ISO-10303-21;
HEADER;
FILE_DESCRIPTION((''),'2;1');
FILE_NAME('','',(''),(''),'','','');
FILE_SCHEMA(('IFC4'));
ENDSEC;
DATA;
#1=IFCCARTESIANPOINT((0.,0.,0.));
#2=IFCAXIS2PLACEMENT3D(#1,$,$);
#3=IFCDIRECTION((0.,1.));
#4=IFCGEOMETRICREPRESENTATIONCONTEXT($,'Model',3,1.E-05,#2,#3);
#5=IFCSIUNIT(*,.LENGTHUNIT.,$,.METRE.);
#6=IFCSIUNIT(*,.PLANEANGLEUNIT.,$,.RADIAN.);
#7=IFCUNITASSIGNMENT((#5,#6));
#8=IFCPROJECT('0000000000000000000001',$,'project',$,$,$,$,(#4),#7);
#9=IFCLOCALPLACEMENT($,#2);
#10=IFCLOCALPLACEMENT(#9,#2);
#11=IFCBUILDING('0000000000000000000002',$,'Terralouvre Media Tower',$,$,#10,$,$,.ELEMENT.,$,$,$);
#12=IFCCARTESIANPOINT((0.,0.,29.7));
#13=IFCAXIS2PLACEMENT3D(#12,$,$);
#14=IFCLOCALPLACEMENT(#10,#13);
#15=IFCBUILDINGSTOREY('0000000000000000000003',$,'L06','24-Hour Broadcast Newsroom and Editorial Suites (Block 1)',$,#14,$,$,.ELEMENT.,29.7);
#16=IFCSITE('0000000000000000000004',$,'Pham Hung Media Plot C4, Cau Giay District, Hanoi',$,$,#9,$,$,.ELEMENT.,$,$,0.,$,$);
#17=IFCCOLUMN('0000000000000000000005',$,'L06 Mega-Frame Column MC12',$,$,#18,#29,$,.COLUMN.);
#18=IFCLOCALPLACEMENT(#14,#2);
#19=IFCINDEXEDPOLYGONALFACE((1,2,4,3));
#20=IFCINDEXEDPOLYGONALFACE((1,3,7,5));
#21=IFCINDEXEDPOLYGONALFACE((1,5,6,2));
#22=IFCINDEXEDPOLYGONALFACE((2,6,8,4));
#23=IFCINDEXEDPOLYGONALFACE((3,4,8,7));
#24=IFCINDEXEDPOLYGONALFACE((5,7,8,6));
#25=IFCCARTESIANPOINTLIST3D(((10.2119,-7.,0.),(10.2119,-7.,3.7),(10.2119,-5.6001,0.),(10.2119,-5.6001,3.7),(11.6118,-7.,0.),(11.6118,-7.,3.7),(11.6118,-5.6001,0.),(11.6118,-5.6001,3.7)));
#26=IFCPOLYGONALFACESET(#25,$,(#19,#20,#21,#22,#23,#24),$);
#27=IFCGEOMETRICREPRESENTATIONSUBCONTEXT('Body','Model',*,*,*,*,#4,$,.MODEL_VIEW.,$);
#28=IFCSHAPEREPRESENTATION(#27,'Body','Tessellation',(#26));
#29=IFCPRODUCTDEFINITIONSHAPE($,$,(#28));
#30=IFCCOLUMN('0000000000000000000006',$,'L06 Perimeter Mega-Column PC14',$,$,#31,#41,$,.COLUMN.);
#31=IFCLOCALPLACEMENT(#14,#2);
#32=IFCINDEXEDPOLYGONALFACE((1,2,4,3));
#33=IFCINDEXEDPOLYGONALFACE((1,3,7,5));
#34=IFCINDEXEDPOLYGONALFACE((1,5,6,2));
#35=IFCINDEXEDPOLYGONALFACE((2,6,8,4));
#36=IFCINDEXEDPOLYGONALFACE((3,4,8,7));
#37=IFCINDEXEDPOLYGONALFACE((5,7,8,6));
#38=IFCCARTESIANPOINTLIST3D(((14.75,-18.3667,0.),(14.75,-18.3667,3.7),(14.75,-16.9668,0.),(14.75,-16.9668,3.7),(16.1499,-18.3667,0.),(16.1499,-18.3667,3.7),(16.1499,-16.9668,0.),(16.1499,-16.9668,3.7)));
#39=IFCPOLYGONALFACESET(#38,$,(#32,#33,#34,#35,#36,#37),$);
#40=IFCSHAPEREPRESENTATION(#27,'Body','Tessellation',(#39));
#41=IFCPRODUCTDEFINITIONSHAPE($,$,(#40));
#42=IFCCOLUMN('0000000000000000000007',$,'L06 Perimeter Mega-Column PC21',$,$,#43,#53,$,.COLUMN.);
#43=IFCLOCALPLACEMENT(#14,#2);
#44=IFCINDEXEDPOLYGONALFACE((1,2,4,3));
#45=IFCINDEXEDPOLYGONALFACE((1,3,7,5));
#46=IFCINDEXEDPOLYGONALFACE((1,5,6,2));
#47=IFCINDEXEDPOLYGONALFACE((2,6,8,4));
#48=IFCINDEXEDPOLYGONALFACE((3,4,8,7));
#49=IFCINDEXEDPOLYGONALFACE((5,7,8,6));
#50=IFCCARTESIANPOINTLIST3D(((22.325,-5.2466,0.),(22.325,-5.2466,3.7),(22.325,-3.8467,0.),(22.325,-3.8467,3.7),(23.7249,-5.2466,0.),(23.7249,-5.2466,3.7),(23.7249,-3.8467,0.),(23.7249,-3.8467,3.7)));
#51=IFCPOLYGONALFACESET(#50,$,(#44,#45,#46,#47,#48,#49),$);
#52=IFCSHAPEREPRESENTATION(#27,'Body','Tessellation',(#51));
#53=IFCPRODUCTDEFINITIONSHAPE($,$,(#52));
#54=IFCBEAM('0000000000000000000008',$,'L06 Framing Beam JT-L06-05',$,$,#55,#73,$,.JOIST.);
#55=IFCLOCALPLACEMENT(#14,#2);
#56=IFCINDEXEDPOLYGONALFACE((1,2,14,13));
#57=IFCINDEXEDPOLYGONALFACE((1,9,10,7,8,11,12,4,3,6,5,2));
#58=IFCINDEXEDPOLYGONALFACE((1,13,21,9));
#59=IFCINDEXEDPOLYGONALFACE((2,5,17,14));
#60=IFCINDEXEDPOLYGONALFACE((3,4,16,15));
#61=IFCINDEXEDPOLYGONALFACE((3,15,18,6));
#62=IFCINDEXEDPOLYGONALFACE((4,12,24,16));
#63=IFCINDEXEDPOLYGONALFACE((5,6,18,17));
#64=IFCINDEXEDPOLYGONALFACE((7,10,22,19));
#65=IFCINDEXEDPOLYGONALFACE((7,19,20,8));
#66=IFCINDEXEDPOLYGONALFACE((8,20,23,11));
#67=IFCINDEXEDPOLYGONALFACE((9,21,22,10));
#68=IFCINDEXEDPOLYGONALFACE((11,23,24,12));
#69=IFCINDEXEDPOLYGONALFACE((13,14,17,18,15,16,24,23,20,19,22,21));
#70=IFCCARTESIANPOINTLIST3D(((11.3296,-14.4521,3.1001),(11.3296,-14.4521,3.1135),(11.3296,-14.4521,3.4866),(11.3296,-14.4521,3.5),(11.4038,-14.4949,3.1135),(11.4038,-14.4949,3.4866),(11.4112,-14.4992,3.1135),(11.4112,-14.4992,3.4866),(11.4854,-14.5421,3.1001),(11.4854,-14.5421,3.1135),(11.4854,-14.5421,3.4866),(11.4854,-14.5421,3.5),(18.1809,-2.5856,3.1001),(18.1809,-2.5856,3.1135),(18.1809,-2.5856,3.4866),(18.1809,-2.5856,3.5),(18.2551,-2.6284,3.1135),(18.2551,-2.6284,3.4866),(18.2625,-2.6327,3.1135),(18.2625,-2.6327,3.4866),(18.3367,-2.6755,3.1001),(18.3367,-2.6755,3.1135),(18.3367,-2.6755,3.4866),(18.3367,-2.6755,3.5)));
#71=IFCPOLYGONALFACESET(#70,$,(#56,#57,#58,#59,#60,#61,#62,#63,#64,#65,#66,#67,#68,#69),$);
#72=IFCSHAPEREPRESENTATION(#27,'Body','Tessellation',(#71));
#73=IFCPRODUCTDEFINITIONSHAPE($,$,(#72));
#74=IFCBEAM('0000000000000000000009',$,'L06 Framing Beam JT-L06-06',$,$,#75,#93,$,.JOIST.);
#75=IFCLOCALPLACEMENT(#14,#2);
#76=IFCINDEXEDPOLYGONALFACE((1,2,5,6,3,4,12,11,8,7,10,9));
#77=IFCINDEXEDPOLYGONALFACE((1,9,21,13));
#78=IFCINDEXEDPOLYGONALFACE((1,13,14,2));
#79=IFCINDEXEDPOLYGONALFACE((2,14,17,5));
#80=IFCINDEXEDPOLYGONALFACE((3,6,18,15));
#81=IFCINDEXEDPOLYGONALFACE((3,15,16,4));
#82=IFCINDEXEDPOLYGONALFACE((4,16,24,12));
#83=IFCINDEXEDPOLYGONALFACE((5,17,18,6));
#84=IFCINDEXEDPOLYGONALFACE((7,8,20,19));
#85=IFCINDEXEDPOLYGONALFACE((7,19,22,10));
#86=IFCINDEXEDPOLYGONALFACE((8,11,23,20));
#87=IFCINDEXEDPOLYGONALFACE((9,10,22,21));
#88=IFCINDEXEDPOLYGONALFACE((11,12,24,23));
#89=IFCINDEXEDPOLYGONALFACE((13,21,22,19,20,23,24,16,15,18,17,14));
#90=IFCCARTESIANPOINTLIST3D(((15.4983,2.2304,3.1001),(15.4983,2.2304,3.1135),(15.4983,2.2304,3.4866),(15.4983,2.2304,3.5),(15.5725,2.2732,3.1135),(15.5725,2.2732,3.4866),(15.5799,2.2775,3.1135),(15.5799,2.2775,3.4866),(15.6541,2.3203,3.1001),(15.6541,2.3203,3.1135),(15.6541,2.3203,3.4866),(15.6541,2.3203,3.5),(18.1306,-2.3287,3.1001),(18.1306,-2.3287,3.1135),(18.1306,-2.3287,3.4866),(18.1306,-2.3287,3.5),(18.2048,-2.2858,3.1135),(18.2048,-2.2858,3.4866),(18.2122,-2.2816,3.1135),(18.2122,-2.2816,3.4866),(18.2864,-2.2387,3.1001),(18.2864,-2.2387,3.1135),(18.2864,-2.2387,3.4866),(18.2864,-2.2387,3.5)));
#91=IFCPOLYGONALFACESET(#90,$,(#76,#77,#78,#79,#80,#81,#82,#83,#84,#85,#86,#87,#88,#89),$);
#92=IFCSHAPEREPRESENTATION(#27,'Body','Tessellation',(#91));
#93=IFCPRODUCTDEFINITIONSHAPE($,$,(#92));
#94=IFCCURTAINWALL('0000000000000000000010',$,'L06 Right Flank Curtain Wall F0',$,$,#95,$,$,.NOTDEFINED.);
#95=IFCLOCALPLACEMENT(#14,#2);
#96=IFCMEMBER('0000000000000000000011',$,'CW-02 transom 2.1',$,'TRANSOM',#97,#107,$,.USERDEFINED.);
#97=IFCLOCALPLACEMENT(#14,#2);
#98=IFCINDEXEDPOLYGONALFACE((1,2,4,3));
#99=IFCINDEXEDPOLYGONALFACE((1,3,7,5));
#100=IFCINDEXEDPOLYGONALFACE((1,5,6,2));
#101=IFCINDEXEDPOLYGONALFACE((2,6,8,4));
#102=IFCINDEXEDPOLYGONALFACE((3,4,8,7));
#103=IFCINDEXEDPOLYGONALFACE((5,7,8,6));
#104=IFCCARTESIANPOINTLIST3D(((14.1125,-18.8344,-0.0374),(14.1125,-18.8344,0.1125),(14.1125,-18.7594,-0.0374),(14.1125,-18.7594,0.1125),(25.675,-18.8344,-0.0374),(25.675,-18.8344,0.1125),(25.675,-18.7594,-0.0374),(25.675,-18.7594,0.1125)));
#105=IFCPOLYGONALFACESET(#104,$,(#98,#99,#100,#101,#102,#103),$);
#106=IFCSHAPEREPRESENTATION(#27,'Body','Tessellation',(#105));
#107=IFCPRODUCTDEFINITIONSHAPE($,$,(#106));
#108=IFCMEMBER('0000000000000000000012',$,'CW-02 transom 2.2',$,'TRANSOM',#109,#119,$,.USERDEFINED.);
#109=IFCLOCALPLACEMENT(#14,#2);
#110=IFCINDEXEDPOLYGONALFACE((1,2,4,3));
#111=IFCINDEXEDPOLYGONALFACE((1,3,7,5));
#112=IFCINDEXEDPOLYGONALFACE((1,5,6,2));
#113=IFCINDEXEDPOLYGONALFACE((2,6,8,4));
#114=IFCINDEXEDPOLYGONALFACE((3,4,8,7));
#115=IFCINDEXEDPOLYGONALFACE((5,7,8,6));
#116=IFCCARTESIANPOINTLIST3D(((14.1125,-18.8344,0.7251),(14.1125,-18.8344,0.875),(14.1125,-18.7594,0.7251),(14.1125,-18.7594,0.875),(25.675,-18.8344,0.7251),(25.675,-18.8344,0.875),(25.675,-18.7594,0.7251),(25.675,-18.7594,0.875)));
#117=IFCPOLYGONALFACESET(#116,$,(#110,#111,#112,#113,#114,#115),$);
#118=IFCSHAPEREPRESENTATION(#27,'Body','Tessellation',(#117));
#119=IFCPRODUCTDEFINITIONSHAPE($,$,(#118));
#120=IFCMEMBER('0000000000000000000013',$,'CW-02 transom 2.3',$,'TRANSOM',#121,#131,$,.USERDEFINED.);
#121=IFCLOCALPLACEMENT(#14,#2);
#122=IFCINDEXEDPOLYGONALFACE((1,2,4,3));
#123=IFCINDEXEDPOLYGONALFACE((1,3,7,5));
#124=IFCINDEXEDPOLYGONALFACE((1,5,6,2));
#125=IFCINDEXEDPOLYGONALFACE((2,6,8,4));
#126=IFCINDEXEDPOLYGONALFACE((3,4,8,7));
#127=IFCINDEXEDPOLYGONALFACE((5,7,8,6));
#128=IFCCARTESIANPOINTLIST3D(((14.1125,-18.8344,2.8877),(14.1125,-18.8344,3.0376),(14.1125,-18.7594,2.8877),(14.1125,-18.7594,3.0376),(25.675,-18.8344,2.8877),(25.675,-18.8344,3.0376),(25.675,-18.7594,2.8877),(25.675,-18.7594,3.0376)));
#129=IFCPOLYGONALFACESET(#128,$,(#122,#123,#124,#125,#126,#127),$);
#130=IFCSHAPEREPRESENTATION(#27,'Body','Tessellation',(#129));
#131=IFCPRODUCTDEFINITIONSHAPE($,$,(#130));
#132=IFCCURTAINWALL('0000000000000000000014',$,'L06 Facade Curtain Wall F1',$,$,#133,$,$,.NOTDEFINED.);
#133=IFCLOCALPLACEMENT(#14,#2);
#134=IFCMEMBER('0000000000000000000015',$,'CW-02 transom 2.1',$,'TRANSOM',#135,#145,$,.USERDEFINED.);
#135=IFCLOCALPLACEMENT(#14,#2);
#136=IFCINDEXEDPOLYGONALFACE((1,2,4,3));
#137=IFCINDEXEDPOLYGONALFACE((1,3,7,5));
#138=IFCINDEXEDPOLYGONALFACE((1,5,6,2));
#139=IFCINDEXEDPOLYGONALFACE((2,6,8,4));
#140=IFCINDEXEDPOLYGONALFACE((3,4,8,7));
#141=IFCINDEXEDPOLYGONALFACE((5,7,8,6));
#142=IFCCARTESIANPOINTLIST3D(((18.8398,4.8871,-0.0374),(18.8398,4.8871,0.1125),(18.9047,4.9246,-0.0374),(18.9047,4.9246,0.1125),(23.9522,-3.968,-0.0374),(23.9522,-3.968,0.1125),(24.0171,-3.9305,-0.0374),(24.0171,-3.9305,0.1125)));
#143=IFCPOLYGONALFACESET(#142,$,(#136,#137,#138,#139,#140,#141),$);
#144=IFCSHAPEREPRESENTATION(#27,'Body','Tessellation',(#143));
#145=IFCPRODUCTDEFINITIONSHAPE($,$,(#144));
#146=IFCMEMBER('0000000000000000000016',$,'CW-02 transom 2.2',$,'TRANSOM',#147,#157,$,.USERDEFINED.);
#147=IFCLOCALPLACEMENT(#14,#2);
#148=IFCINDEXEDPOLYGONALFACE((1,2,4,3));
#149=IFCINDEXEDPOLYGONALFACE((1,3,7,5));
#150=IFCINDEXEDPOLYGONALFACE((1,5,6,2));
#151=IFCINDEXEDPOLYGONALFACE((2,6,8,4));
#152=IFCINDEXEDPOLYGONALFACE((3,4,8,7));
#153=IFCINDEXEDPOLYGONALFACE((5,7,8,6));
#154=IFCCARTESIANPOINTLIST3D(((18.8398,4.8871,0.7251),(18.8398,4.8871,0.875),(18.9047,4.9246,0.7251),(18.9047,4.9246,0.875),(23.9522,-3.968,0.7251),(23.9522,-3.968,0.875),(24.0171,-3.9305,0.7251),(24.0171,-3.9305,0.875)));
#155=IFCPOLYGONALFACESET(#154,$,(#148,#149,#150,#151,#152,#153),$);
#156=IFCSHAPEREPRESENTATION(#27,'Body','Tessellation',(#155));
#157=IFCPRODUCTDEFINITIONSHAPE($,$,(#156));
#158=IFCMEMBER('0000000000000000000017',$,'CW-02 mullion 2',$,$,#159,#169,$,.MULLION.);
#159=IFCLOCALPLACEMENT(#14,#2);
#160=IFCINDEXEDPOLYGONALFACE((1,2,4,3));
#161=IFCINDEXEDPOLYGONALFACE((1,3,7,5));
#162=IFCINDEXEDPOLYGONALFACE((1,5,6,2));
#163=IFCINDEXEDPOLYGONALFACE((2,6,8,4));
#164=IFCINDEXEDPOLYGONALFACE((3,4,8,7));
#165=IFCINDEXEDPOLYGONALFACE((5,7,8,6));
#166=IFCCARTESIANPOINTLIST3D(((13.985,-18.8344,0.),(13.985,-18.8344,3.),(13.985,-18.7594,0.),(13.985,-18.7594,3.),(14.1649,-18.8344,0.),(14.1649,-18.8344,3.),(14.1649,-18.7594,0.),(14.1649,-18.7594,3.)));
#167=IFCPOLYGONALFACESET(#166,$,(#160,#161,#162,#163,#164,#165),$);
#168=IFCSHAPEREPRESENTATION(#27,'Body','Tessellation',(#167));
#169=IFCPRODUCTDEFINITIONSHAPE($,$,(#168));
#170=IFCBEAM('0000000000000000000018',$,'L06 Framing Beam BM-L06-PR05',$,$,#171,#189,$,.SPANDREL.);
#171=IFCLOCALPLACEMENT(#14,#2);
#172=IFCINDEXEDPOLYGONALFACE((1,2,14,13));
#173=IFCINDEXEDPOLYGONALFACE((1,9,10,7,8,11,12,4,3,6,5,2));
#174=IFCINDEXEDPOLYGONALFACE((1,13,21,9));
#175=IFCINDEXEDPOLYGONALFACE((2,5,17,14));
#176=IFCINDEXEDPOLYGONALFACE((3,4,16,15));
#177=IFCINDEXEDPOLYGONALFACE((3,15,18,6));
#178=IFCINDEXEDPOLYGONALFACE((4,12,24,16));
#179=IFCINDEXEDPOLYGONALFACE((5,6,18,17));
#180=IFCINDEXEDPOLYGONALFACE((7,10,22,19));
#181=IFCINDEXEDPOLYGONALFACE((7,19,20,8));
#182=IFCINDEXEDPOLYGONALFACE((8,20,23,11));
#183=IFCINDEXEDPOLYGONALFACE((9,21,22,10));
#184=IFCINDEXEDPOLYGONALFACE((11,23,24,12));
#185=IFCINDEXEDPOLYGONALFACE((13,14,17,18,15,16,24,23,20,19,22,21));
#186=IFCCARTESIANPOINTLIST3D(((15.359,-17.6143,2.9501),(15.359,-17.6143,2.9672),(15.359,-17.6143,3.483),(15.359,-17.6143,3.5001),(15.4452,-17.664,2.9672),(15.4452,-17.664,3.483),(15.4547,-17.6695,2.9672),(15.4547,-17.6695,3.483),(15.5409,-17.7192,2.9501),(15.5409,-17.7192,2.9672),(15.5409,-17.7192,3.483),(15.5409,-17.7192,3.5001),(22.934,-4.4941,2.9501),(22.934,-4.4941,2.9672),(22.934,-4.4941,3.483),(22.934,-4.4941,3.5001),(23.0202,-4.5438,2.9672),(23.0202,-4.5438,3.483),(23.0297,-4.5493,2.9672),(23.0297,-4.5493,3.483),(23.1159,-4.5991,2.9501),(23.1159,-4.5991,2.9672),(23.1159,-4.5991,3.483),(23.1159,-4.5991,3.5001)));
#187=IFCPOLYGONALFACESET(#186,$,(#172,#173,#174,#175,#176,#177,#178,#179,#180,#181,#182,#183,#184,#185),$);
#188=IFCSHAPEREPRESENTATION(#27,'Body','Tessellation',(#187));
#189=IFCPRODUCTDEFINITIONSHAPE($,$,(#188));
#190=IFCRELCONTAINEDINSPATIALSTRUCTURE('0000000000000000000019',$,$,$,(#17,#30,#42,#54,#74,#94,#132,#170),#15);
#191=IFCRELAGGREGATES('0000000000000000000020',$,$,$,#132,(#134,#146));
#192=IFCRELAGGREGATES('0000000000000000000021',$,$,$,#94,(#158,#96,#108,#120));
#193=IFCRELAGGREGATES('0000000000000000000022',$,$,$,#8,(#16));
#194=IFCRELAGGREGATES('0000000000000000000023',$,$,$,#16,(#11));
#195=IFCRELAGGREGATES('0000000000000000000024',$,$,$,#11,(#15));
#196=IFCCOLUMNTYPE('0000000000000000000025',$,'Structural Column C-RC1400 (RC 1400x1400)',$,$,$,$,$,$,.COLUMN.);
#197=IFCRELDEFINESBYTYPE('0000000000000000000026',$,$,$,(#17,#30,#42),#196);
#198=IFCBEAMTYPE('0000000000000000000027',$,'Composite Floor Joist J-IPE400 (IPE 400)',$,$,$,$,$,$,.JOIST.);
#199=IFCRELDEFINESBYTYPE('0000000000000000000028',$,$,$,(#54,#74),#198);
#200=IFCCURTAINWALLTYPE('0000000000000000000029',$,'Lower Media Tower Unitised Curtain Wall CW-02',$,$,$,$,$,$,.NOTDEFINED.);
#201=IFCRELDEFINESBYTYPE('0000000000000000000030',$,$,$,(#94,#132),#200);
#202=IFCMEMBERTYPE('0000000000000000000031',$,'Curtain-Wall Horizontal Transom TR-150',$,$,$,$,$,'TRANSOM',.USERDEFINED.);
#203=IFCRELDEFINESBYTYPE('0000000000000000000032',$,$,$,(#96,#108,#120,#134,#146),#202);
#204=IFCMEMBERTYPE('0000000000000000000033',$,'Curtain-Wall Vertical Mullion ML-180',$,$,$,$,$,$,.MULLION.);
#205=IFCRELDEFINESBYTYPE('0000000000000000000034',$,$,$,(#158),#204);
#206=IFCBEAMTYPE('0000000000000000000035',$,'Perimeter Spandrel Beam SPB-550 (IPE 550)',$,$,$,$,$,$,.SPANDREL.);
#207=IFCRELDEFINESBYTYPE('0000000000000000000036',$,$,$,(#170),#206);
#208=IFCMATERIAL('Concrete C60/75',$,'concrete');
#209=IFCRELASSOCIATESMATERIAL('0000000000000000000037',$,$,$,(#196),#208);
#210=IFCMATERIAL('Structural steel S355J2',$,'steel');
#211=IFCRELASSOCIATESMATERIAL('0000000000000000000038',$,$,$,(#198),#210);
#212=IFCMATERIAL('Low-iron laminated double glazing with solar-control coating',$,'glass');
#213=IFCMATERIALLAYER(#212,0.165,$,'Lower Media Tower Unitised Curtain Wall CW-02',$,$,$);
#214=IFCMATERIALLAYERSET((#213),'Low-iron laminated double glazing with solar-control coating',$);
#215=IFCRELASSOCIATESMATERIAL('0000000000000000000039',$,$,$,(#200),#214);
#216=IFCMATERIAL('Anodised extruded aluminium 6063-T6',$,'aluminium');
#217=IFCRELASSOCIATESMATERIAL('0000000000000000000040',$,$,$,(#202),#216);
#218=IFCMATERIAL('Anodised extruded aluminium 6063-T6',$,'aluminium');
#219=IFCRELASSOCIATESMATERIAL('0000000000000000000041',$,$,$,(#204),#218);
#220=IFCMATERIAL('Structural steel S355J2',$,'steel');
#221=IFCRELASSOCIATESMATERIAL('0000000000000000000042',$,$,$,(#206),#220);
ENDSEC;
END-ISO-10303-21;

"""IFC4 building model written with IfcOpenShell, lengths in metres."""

from ifc_helpers import new_model, si_unit, direction, frame, origin, origin_2d, place, context, subcontext, project, spatial, rectangle, i_section, extrude, material, layer, layer_set, material_profile, profile_set, type_object, element, aggregate, save


model = new_model("IFC4")

# Units and contexts
model_context = context("Model", 3, precision=1e-05, world=origin(), true_north=direction((0.0, 1.0)))
body_context = subcontext(model_context, "Body", "Model", "MODEL_VIEW")
ifc_project = project(units=[si_unit("LENGTHUNIT", "METRE"), si_unit("PLANEANGLEUNIT", "RADIAN")], contexts=[model_context])

# Site, building, storey
site_placement = place(None, origin())
site = spatial("IfcSite", under=ifc_project, at=site_placement, Name="Pham Hung Media Plot C4, Cau Giay District, Hanoi", CompositionType="ELEMENT", RefElevation=0.0)
building_placement = place(site_placement, origin())
building = spatial("IfcBuilding", under=site, at=building_placement, Name="Terralouvre Media Tower", CompositionType="ELEMENT")
storey_placement = place(building_placement, frame((0.0, 0.0, 29.7)))
storey = spatial("IfcBuildingStorey", under=building, at=storey_placement, Name="L06", Description="24-Hour Broadcast Newsroom and Editorial Suites (Block 1)", CompositionType="ELEMENT", Elevation=29.7)

# Columns
ifc_material_1 = material(Name="Concrete C60/75", Category="concrete")
ifc_material_profile_1 = material_profile(ifc_material_1, rectangle(XDim=1.3999, YDim=1.3999, at=origin_2d()), Name="RC 1400x1400")
ifc_profile_set_1 = profile_set([ifc_material_profile_1], Name="Concrete C60/75")
column_type = type_object("IfcColumnType", Name="Structural Column C-RC1400 (RC 1400x1400)", PredefinedType="COLUMN", material=ifc_profile_set_1)
for number, where, z_axis, x_axis, name in (
    (1, (10.9119, -6.3, 0.0), (0.0, 0.0, 1.0), (1.0, 0.0, 0.0), "L06 Mega-Frame Column MC12"),
    (2, (15.45, -17.6667, 0.0), (0.0, 0.0, 1.0), (1.0, 0.0, 0.0), "L06 Perimeter Mega-Column PC14"),
    (3, (23.0249, -4.5466, 0.0), (0.0, 0.0, 1.0), (1.0, 0.0, 0.0), "L06 Perimeter Mega-Column PC21"),
):
    element("IfcColumn", number, at=place(storey_placement, frame(where, z_axis=z_axis, x_axis=x_axis)), inside=storey, type_object=column_type, Name=name, PredefinedType="COLUMN", context=body_context, shape_type="SweptSolid", body=[
        extrude(rectangle(XDim=1.3999, YDim=1.3999, at=origin_2d()), origin(), (0.0, 0.0, 1.0), 3.7),
    ])

# Beams
ifc_material_2 = material(Name="Structural steel S355J2", Category="steel")
ifc_material_profile_2 = material_profile(ifc_material_2, i_section(OverallWidth=0.1799, OverallDepth=0.3999, WebThickness=0.0085, FlangeThickness=0.0134, at=origin_2d()), Name="IPE 400")
ifc_profile_set_2 = profile_set([ifc_material_profile_2], Name="Structural steel S355J2")
beam_type_1 = type_object("IfcBeamType", Name="Composite Floor Joist J-IPE400 (IPE 400)", PredefinedType="JOIST", material=ifc_profile_set_2)
beam_1_placement = place(storey_placement, frame((11.4075, -14.4971, 3.3), z_axis=(0.500012, 0.866019, 0.0), x_axis=(-0.866019, 0.500012, 0.0)))
element("IfcBeam", 4, at=beam_1_placement, inside=storey, type_object=beam_type_1, Name="L06 Framing Beam JT-L06-05", PredefinedType="JOIST", context=body_context, shape_type="SweptSolid", body=[
    extrude(i_section(OverallWidth=0.1799, OverallDepth=0.3999, WebThickness=0.0085, FlangeThickness=0.0134, at=origin_2d()), origin(), (0.0, 0.0, 1.0), 13.7024),
])
beam_2_placement = place(storey_placement, frame((18.2085, -2.2837, 3.3), z_axis=(-0.50002, 0.866014, 0.0), x_axis=(-0.866014, -0.50002, 0.0)))
element("IfcBeam", 5, at=beam_2_placement, inside=storey, type_object=beam_type_1, Name="L06 Framing Beam JT-L06-06", PredefinedType="JOIST", context=body_context, shape_type="SweptSolid", body=[
    extrude(i_section(OverallWidth=0.1799, OverallDepth=0.3999, WebThickness=0.0085, FlangeThickness=0.0134, at=origin_2d()), origin(), (0.0, 0.0, 1.0), 5.2644),
])

# Curtain walls, members
ifc_material_3 = material(Name="Low-iron laminated double glazing with solar-control coating", Category="glass")
ifc_layer_1 = layer(ifc_material_3, 0.165, Name="Lower Media Tower Unitised Curtain Wall CW-02")
ifc_layer_set_1 = layer_set([ifc_layer_1], Name="Low-iron laminated double glazing with solar-control coating")
curtain_wall_type = type_object("IfcCurtainWallType", Name="Lower Media Tower Unitised Curtain Wall CW-02", PredefinedType="NOTDEFINED", material=ifc_layer_set_1)
curtain_wall_1_placement = place(storey_placement, origin())
curtain_wall_1 = element("IfcCurtainWall", 6, at=curtain_wall_1_placement, inside=storey, type_object=curtain_wall_type, Name="L06 Right Flank Curtain Wall F0", PredefinedType="NOTDEFINED")
ifc_material_4 = material(Name="Anodised extruded aluminium 6063-T6", Category="aluminium")
ifc_material_profile_3 = material_profile(ifc_material_4, rectangle(XDim=0.075, YDim=0.1499, at=origin_2d()), Name="ALU 75x150")
ifc_profile_set_3 = profile_set([ifc_material_profile_3], Name="Anodised extruded aluminium 6063-T6")
member_type_1 = type_object("IfcMemberType", Name="Curtain-Wall Horizontal Transom TR-150", ElementType="TRANSOM", PredefinedType="USERDEFINED", material=ifc_profile_set_3)
member_1_placement = place(storey_placement, frame((14.1125, -18.7969, 0.0376), z_axis=(1.0, 0.0, 0.0), x_axis=(0.0, 1.0, 0.0)))
member_1 = element("IfcMember", 7, at=member_1_placement, type_object=member_type_1, Name="CW-02 transom 2.1", ObjectType="TRANSOM", PredefinedType="USERDEFINED", context=body_context, shape_type="SweptSolid", body=[
    extrude(rectangle(XDim=0.075, YDim=0.1499, at=origin_2d()), origin(), (0.0, 0.0, 1.0), 11.5625),
])
member_2_placement = place(storey_placement, frame((14.1125, -18.7969, 0.8), z_axis=(1.0, 0.0, 0.0), x_axis=(0.0, 1.0, 0.0)))
member_2 = element("IfcMember", 8, at=member_2_placement, type_object=member_type_1, Name="CW-02 transom 2.2", ObjectType="TRANSOM", PredefinedType="USERDEFINED", context=body_context, shape_type="SweptSolid", body=[
    extrude(rectangle(XDim=0.075, YDim=0.1499, at=origin_2d()), origin(), (0.0, 0.0, 1.0), 11.5625),
])
member_3_placement = place(storey_placement, frame((14.1125, -18.7969, 2.9626), z_axis=(1.0, 0.0, 0.0), x_axis=(0.0, 1.0, 0.0)))
member_3 = element("IfcMember", 9, at=member_3_placement, type_object=member_type_1, Name="CW-02 transom 2.3", ObjectType="TRANSOM", PredefinedType="USERDEFINED", context=body_context, shape_type="SweptSolid", body=[
    extrude(rectangle(XDim=0.075, YDim=0.1499, at=origin_2d()), origin(), (0.0, 0.0, 1.0), 11.5625),
])
curtain_wall_2_placement = place(storey_placement, origin())
curtain_wall_2 = element("IfcCurtainWall", 10, at=curtain_wall_2_placement, inside=storey, type_object=curtain_wall_type, Name="L06 Facade Curtain Wall F1", PredefinedType="NOTDEFINED")
member_4_placement = place(storey_placement, frame((23.9846, -3.9492, 0.0376), z_axis=(-0.499991, 0.866031, 0.0), x_axis=(-0.866031, -0.499991, 0.0)))
member_4 = element("IfcMember", 11, at=member_4_placement, type_object=member_type_1, Name="CW-02 transom 2.1", ObjectType="TRANSOM", PredefinedType="USERDEFINED", context=body_context, shape_type="SweptSolid", body=[
    extrude(rectangle(XDim=0.075, YDim=0.1499, at=origin_2d()), origin(), (0.0, 0.0, 1.0), 10.2249),
])
member_5_placement = place(storey_placement, frame((23.9846, -3.9492, 0.8), z_axis=(-0.499991, 0.866031, 0.0), x_axis=(-0.866031, -0.499991, 0.0)))
member_5 = element("IfcMember", 12, at=member_5_placement, type_object=member_type_1, Name="CW-02 transom 2.2", ObjectType="TRANSOM", PredefinedType="USERDEFINED", context=body_context, shape_type="SweptSolid", body=[
    extrude(rectangle(XDim=0.075, YDim=0.1499, at=origin_2d()), origin(), (0.0, 0.0, 1.0), 10.2249),
])
aggregate(curtain_wall_2, [member_4, member_5])

# Member
ifc_material_5 = material(Name="Anodised extruded aluminium 6063-T6", Category="aluminium")
ifc_material_profile_4 = material_profile(ifc_material_5, rectangle(XDim=0.075, YDim=0.1799, at=origin_2d()), Name="ALU 75x180")
ifc_profile_set_4 = profile_set([ifc_material_profile_4], Name="Anodised extruded aluminium 6063-T6")
member_type_2 = type_object("IfcMemberType", Name="Curtain-Wall Vertical Mullion ML-180", PredefinedType="MULLION", material=ifc_profile_set_4)
member_6_placement = place(storey_placement, frame((14.075, -18.7969, 0.0), z_axis=(0.0, 0.0, 1.0), x_axis=(0.0, 1.0, 0.0)))
member_6 = element("IfcMember", 13, at=member_6_placement, type_object=member_type_2, Name="CW-02 mullion 2", PredefinedType="MULLION", context=body_context, shape_type="SweptSolid", body=[
    extrude(rectangle(XDim=0.075, YDim=0.1799, at=origin_2d()), origin(), (0.0, 0.0, 1.0), 3.0),
])

# Beam
ifc_material_6 = material(Name="Structural steel S355J2", Category="steel")
ifc_material_profile_5 = material_profile(ifc_material_6, i_section(OverallWidth=0.21, OverallDepth=0.55, WebThickness=0.011, FlangeThickness=0.0171, at=origin_2d()), Name="IPE 550")
ifc_profile_set_5 = profile_set([ifc_material_profile_5], Name="Structural steel S355J2")
beam_type_2 = type_object("IfcBeamType", Name="Perimeter Spandrel Beam SPB-550 (IPE 550)", PredefinedType="SPANDREL", material=ifc_profile_set_5)
beam_3_placement = place(storey_placement, frame((15.45, -17.6667, 3.2251), z_axis=(0.500002, 0.866024, 0.0), x_axis=(-0.866024, 0.500002, 0.0)))
element("IfcBeam", 14, at=beam_3_placement, inside=storey, type_object=beam_type_2, Name="L06 Framing Beam BM-L06-PR05", PredefinedType="SPANDREL", context=body_context, shape_type="SweptSolid", body=[
    extrude(i_section(OverallWidth=0.21, OverallDepth=0.55, WebThickness=0.011, FlangeThickness=0.0171, at=origin_2d()), origin(), (0.0, 0.0, 1.0), 15.1499),
])

aggregate(curtain_wall_1, [member_6, member_1, member_2, member_3])

save(model, "model.ifc")
